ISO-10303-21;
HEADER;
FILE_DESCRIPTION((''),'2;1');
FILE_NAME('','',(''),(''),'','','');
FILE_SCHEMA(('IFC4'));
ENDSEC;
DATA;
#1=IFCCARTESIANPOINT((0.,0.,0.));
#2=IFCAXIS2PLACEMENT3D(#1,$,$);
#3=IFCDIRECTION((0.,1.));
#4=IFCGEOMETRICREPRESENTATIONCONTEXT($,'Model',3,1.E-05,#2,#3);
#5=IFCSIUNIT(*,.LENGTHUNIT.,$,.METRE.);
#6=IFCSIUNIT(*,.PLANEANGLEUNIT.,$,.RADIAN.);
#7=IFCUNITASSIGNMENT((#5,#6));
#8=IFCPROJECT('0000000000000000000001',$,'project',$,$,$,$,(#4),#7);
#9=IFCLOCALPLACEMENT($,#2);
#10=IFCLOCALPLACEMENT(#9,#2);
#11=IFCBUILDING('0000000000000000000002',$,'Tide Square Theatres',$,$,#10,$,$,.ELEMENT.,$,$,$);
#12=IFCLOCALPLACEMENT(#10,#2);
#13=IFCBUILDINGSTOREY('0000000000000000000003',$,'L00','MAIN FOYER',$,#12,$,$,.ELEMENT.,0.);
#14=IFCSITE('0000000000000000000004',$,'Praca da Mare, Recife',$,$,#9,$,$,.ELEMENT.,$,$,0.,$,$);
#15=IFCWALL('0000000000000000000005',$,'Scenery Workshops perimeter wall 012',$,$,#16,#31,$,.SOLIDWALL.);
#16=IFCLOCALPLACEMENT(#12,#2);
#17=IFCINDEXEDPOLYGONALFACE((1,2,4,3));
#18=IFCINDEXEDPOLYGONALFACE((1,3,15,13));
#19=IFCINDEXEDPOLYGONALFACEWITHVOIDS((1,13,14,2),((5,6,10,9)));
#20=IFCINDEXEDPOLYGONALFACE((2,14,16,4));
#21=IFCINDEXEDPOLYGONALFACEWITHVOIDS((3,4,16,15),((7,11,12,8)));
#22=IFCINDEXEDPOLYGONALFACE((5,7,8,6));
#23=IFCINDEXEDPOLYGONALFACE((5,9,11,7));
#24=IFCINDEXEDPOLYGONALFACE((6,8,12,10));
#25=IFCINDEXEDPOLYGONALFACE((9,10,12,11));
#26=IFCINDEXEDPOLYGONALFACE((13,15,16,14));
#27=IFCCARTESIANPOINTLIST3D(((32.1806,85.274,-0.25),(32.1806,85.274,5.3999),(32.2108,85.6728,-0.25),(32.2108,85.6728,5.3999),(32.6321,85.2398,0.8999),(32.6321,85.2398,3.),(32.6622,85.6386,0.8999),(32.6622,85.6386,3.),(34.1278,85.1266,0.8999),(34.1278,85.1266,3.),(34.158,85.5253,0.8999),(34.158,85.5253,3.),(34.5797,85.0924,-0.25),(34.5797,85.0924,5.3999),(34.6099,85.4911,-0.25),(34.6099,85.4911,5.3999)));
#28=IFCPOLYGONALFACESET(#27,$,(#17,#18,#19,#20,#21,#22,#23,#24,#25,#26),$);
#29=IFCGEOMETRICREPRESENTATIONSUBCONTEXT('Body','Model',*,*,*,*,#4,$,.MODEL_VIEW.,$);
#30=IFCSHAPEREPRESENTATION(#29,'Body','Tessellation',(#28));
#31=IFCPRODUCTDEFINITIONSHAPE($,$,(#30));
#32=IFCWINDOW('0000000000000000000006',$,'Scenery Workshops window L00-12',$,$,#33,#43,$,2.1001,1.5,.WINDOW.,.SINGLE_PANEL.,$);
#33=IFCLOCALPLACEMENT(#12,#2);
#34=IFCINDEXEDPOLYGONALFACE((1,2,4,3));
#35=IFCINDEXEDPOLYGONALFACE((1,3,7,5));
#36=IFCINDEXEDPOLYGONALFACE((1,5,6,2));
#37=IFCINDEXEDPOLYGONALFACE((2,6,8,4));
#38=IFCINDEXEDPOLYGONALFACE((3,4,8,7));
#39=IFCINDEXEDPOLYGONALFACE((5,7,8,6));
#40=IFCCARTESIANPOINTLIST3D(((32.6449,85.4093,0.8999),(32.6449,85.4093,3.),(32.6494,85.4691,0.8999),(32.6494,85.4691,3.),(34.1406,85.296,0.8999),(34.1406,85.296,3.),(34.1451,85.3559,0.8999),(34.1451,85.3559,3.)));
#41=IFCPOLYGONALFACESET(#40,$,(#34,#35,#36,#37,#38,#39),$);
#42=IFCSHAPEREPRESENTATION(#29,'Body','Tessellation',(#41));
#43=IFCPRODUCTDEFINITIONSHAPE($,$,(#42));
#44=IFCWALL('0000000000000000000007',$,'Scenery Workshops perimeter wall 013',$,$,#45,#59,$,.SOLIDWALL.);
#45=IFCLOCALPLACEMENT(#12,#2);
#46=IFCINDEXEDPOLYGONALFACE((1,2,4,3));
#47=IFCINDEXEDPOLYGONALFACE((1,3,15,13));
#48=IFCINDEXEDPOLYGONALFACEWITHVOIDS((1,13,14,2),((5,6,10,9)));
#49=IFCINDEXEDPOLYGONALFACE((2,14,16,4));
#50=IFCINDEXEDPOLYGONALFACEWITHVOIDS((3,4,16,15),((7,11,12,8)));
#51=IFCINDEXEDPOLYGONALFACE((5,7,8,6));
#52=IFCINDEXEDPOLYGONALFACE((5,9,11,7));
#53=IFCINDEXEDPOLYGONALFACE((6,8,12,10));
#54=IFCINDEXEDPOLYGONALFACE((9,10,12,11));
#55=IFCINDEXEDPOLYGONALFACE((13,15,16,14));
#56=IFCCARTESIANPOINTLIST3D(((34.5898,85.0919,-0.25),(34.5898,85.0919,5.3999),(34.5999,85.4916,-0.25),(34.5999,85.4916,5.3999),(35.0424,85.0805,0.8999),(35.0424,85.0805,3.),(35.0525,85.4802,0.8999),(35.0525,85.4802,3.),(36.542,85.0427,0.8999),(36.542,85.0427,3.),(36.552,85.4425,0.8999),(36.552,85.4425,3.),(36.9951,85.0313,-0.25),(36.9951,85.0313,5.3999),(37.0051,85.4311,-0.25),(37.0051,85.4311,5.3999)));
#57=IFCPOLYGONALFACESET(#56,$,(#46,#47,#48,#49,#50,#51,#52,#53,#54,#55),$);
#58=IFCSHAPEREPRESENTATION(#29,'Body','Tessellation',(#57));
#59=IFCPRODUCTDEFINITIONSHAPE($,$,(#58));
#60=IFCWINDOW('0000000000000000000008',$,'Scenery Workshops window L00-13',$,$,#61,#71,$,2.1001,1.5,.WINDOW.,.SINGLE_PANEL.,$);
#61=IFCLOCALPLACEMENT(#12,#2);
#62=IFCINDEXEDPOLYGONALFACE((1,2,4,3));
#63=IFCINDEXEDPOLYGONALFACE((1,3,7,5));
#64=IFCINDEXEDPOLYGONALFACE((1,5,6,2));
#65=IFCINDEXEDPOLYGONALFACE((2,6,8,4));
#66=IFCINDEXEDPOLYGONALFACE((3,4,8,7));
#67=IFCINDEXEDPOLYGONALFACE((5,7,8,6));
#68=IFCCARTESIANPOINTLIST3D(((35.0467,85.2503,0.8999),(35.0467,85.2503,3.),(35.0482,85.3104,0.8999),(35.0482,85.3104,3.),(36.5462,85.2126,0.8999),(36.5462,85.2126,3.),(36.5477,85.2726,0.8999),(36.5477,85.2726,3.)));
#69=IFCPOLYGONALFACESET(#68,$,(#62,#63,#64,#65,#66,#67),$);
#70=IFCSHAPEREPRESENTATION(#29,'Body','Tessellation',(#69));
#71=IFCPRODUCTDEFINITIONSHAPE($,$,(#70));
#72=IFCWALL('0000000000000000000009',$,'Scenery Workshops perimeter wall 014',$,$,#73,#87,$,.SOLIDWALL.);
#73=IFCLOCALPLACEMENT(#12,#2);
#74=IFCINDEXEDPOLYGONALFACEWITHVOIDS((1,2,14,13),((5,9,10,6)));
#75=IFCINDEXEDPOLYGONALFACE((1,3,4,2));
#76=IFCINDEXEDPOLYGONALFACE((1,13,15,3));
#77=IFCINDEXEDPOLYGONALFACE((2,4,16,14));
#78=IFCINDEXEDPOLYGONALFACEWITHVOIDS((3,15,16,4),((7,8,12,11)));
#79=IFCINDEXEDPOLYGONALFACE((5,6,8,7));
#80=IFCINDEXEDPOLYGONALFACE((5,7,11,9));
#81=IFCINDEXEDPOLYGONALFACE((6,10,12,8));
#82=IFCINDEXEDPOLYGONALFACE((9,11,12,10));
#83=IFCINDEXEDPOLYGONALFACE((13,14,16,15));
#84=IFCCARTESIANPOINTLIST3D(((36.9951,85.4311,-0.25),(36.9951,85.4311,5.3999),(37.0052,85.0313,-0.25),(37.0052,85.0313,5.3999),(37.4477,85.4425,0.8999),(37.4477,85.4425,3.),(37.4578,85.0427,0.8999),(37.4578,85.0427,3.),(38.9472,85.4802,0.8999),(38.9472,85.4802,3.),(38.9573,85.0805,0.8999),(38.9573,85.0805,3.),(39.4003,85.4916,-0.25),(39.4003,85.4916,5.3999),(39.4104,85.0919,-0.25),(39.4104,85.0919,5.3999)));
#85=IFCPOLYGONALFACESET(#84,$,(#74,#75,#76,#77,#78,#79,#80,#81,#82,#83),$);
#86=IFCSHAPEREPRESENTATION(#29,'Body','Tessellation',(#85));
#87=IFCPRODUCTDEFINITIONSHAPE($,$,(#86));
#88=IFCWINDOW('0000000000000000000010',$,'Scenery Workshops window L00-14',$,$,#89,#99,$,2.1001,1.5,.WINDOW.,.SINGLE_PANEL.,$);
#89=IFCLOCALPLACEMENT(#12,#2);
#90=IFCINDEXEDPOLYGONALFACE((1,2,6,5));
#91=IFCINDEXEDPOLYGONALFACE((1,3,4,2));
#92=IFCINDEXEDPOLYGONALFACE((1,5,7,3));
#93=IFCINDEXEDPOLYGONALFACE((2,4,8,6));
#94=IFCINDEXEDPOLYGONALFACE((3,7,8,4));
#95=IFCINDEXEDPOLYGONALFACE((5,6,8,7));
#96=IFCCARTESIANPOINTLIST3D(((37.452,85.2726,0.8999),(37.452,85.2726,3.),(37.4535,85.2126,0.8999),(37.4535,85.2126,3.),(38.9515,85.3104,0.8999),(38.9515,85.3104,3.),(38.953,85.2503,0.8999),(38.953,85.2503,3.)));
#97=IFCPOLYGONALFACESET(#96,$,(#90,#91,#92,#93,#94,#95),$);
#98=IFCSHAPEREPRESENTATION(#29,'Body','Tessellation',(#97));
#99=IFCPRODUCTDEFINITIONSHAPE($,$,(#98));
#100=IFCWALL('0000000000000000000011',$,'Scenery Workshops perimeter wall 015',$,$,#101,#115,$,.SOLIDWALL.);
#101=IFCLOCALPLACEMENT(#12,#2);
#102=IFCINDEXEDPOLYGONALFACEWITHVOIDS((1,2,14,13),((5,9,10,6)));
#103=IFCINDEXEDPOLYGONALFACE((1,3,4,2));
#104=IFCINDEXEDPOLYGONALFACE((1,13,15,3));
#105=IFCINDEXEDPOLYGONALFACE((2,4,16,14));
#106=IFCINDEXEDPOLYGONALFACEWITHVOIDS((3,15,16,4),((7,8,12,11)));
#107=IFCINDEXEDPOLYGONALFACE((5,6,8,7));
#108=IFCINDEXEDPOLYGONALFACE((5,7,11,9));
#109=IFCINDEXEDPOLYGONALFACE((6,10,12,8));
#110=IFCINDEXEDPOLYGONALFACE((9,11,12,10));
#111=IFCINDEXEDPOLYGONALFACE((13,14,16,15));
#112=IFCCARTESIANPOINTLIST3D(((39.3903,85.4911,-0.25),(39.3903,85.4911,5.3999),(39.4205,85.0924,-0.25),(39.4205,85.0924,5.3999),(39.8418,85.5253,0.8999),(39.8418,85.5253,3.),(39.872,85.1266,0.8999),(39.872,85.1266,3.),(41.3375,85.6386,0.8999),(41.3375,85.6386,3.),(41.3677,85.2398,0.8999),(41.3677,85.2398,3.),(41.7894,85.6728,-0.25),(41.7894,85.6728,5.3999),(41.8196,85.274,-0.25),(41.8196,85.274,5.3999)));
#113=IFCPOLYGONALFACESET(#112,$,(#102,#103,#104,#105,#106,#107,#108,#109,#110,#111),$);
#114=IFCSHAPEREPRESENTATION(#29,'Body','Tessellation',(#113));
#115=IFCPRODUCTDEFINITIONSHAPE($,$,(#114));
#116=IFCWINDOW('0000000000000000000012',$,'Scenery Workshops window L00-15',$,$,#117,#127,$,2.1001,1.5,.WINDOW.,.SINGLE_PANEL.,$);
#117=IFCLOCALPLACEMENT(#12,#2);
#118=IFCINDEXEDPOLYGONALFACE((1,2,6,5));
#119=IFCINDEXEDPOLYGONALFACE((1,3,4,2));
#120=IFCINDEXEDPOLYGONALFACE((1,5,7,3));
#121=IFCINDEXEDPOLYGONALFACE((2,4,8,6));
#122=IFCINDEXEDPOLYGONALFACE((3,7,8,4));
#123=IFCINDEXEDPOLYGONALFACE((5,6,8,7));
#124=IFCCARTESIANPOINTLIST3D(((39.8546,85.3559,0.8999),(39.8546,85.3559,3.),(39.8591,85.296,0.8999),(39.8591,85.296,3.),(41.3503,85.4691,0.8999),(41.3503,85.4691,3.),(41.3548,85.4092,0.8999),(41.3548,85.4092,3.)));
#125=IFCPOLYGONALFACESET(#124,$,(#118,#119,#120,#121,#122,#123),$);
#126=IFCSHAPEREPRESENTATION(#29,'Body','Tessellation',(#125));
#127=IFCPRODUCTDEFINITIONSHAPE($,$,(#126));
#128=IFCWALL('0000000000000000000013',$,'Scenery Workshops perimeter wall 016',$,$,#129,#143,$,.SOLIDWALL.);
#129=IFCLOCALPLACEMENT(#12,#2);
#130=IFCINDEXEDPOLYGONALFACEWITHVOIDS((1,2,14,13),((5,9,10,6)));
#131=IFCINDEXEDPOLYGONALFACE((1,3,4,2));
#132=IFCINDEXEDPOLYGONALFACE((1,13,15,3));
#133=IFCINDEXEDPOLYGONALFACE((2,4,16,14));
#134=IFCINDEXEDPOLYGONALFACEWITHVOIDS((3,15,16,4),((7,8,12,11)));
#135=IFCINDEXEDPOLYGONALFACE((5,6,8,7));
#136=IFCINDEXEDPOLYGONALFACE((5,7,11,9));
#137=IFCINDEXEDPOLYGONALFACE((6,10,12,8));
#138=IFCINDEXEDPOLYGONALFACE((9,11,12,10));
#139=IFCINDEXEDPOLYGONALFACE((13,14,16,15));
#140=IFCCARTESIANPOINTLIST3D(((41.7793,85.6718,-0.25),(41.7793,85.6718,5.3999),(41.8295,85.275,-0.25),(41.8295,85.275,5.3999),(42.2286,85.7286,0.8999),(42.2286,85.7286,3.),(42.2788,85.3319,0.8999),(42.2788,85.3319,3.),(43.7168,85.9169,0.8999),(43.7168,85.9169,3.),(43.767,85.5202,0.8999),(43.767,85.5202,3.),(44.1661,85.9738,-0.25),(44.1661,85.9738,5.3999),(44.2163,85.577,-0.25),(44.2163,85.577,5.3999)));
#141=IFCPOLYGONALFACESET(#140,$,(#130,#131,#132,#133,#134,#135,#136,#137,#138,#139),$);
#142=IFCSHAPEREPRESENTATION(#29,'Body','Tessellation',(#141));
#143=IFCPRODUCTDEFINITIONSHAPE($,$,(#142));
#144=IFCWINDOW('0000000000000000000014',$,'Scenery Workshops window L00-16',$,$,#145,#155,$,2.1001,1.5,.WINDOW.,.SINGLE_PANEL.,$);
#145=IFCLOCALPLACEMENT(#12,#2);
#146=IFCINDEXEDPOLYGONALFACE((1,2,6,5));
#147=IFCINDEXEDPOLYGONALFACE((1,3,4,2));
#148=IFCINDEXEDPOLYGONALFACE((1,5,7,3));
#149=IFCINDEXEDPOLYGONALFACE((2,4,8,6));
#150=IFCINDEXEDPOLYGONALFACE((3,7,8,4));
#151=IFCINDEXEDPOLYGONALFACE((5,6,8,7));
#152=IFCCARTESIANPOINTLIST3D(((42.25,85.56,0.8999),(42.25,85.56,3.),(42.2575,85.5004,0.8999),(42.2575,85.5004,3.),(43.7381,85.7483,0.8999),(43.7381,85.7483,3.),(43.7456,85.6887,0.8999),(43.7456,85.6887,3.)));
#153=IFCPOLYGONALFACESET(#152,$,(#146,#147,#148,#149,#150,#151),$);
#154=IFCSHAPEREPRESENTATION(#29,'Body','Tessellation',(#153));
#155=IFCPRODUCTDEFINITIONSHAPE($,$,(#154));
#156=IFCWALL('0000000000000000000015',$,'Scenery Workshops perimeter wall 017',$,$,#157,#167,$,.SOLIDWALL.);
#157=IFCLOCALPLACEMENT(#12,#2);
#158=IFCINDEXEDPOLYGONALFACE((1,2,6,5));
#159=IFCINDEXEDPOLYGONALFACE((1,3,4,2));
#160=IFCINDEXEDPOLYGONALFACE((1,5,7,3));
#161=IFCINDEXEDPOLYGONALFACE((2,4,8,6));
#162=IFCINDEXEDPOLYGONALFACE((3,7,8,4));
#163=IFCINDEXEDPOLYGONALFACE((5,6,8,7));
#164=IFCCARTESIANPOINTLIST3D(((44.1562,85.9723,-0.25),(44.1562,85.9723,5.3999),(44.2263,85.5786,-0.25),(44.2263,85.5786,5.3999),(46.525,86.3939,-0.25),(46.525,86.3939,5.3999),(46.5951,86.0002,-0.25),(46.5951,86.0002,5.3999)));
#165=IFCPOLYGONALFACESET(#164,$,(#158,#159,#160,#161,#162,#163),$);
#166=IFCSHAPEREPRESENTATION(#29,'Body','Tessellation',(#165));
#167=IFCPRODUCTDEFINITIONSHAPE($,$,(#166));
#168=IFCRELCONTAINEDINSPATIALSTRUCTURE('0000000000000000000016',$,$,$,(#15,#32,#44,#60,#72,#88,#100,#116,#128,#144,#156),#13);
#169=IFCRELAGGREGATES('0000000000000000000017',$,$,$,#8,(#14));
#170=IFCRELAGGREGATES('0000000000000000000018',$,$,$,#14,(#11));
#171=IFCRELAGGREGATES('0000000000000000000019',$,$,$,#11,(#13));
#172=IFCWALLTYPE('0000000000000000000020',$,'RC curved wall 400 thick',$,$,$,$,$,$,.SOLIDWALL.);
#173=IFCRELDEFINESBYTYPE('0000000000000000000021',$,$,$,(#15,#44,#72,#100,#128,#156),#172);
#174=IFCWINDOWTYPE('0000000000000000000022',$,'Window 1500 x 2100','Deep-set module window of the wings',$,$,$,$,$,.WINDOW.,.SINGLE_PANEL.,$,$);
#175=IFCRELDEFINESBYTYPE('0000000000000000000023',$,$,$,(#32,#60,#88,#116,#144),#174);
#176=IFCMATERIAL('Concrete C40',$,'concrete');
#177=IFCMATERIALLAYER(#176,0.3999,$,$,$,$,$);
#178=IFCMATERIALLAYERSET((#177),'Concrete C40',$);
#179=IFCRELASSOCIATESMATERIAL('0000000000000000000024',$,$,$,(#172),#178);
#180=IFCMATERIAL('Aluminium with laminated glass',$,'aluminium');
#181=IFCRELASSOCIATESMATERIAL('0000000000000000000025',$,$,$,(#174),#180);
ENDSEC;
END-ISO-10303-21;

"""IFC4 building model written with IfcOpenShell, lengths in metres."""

from ifc_helpers import new_model, si_unit, direction, frame, frame_2d, origin, place, context, subcontext, project, spatial, rectangle, extrude, material, layer, layer_set, type_object, element, fill, save


model = new_model("IFC4")

# Units and contexts
model_context = context("Model", 3, precision=1e-05, world=origin(), true_north=direction((0.0, 1.0)))
body_context = subcontext(model_context, "Body", "Model", "MODEL_VIEW")
ifc_project = project(units=[si_unit("LENGTHUNIT", "METRE"), si_unit("PLANEANGLEUNIT", "RADIAN")], contexts=[model_context])

# Site, building, storey
site_placement = place(None, origin())
site = spatial("IfcSite", under=ifc_project, at=site_placement, Name="Praca da Mare, Recife", CompositionType="ELEMENT", RefElevation=0.0)
building_placement = place(site_placement, origin())
building = spatial("IfcBuilding", under=site, at=building_placement, Name="Tide Square Theatres", CompositionType="ELEMENT")
storey_placement = place(building_placement, origin())
storey = spatial("IfcBuildingStorey", under=building, at=storey_placement, Name="L00", Description="MAIN FOYER", CompositionType="ELEMENT", Elevation=0.0)

# Walls, openings, windows
ifc_material_1 = material(Name="Concrete C40", Category="concrete")
ifc_layer_1 = layer(ifc_material_1, 0.3999)
ifc_layer_set_1 = layer_set([ifc_layer_1], Name="Concrete C40")
wall_type_1 = type_object("IfcWallType", Name="RC curved wall 400 thick", PredefinedType="SOLIDWALL", material=ifc_layer_set_1)
wall_1_placement = place(storey_placement, frame((32.1956, 85.4734, -0.25), z_axis=(0.0, 0.0, 1.0), x_axis=(0.997146, -0.075494, 0.0)))
wall_1 = element("IfcWall", 1, at=wall_1_placement, inside=storey, type_object=wall_type_1, Name="Scenery Workshops perimeter wall 012", PredefinedType="SOLIDWALL", context=body_context, shape_type="SweptSolid", body=[
    extrude(rectangle(XDim=2.406, YDim=0.3999, at=frame_2d((1.2031, 0.0))), origin(), (0.0, 0.0, 1.0), 5.6499),
])
opening_1_placement = place(wall_1_placement, frame((0.4529, 0.0, 1.1499)))
opening_1 = element("IfcOpeningElement", 2, at=opening_1_placement, cuts=wall_1, PredefinedType="OPENING", context=body_context, shape_type="SweptSolid", body=[
    extrude(rectangle(XDim=1.5, YDim=2.1001, at=frame_2d((0.75, 1.05))), frame((0.0, 0.21, 0.0), z_axis=(0.0, -1.0, 0.0), x_axis=(1.0, 0.0, 0.0)), (0.0, 0.0, 1.0), 0.4199),
])
ifc_material_2 = material(Name="Aluminium with laminated glass", Category="aluminium")
window_type = type_object("IfcWindowType", Name="Window 1500 x 2100", Description="Deep-set module window of the wings", PartitioningType="SINGLE_PANEL", PredefinedType="WINDOW", material=ifc_material_2)
window_1_placement = place(opening_1_placement, origin())
window_1 = element("IfcWindow", 3, at=window_1_placement, inside=storey, type_object=window_type, Name="Scenery Workshops window L00-12", OverallHeight=2.1001, OverallWidth=1.5, PartitioningType="SINGLE_PANEL", PredefinedType="WINDOW", context=body_context, shape_type="SweptSolid", body=[
    extrude(rectangle(XDim=1.5, YDim=2.1001, at=frame_2d((0.75, 1.05))), frame((0.0, 0.03, 0.0), z_axis=(0.0, -1.0, 0.0), x_axis=(1.0, 0.0, 0.0)), (0.0, 0.0, 1.0), 0.0601),
])
fill(opening_1, window_1)
wall_2_placement = place(storey_placement, frame((34.5947, 85.2917, -0.25), z_axis=(0.0, 0.0, 1.0), x_axis=(0.999683, -0.025165, 0.0)))
wall_2 = element("IfcWall", 4, at=wall_2_placement, inside=storey, type_object=wall_type_1, Name="Scenery Workshops perimeter wall 013", PredefinedType="SOLIDWALL", context=body_context, shape_type="SweptSolid", body=[
    extrude(rectangle(XDim=2.406, YDim=0.3999, at=frame_2d((1.2031, 0.0))), origin(), (0.0, 0.0, 1.0), 5.6499),
])
opening_2_placement = place(wall_2_placement, frame((0.4529, 0.0, 1.1499)))
opening_2 = element("IfcOpeningElement", 5, at=opening_2_placement, cuts=wall_2, PredefinedType="OPENING", context=body_context, shape_type="SweptSolid", body=[
    extrude(rectangle(XDim=1.5, YDim=2.1001, at=frame_2d((0.75, 1.05))), frame((0.0, 0.21, 0.0), z_axis=(0.0, -1.0, 0.0), x_axis=(1.0, 0.0, 0.0)), (0.0, 0.0, 1.0), 0.4199),
])
window_2_placement = place(opening_2_placement, origin())
window_2 = element("IfcWindow", 6, at=window_2_placement, inside=storey, type_object=window_type, Name="Scenery Workshops window L00-13", OverallHeight=2.1001, OverallWidth=1.5, PartitioningType="SINGLE_PANEL", PredefinedType="WINDOW", context=body_context, shape_type="SweptSolid", body=[
    extrude(rectangle(XDim=1.5, YDim=2.1001, at=frame_2d((0.75, 1.05))), frame((0.0, 0.03, 0.0), z_axis=(0.0, -1.0, 0.0), x_axis=(1.0, 0.0, 0.0)), (0.0, 0.0, 1.0), 0.0601),
])
fill(opening_2, window_2)
wall_3_placement = place(storey_placement, frame((37.0, 85.2312, -0.25), z_axis=(0.0, 0.0, 1.0), x_axis=(0.999683, 0.025165, 0.0)))
wall_3 = element("IfcWall", 7, at=wall_3_placement, inside=storey, type_object=wall_type_1, Name="Scenery Workshops perimeter wall 014", PredefinedType="SOLIDWALL", context=body_context, shape_type="SweptSolid", body=[
    extrude(rectangle(XDim=2.406, YDim=0.3999, at=frame_2d((1.2031, 0.0))), origin(), (0.0, 0.0, 1.0), 5.6499),
])
opening_3_placement = place(wall_3_placement, frame((0.4529, 0.0, 1.1499)))
opening_3 = element("IfcOpeningElement", 8, at=opening_3_placement, cuts=wall_3, PredefinedType="OPENING", context=body_context, shape_type="SweptSolid", body=[
    extrude(rectangle(XDim=1.5, YDim=2.1001, at=frame_2d((0.75, 1.05))), frame((0.0, 0.21, 0.0), z_axis=(0.0, -1.0, 0.0), x_axis=(1.0, 0.0, 0.0)), (0.0, 0.0, 1.0), 0.4199),
])
window_3_placement = place(opening_3_placement, origin())
window_3 = element("IfcWindow", 9, at=window_3_placement, inside=storey, type_object=window_type, Name="Scenery Workshops window L00-14", OverallHeight=2.1001, OverallWidth=1.5, PartitioningType="SINGLE_PANEL", PredefinedType="WINDOW", context=body_context, shape_type="SweptSolid", body=[
    extrude(rectangle(XDim=1.5, YDim=2.1001, at=frame_2d((0.75, 1.05))), frame((0.0, 0.03, 0.0), z_axis=(0.0, -1.0, 0.0), x_axis=(1.0, 0.0, 0.0)), (0.0, 0.0, 1.0), 0.0601),
])
fill(opening_3, window_3)
wall_4_placement = place(storey_placement, frame((39.4053, 85.2917, -0.25), z_axis=(0.0, 0.0, 1.0), x_axis=(0.997146, 0.075494, 0.0)))
wall_4 = element("IfcWall", 10, at=wall_4_placement, inside=storey, type_object=wall_type_1, Name="Scenery Workshops perimeter wall 015", PredefinedType="SOLIDWALL", context=body_context, shape_type="SweptSolid", body=[
    extrude(rectangle(XDim=2.406, YDim=0.3999, at=frame_2d((1.2031, 0.0))), origin(), (0.0, 0.0, 1.0), 5.6499),
])
opening_4_placement = place(wall_4_placement, frame((0.4529, 0.0, 1.1499)))
opening_4 = element("IfcOpeningElement", 11, at=opening_4_placement, cuts=wall_4, PredefinedType="OPENING", context=body_context, shape_type="SweptSolid", body=[
    extrude(rectangle(XDim=1.5, YDim=2.1001, at=frame_2d((0.75, 1.05))), frame((0.0, 0.21, 0.0), z_axis=(0.0, -1.0, 0.0), x_axis=(1.0, 0.0, 0.0)), (0.0, 0.0, 1.0), 0.4199),
])
window_4_placement = place(opening_4_placement, origin())
window_4 = element("IfcWindow", 12, at=window_4_placement, inside=storey, type_object=window_type, Name="Scenery Workshops window L00-15", OverallHeight=2.1001, OverallWidth=1.5, PartitioningType="SINGLE_PANEL", PredefinedType="WINDOW", context=body_context, shape_type="SweptSolid", body=[
    extrude(rectangle(XDim=1.5, YDim=2.1001, at=frame_2d((0.75, 1.05))), frame((0.0, 0.03, 0.0), z_axis=(0.0, -1.0, 0.0), x_axis=(1.0, 0.0, 0.0)), (0.0, 0.0, 1.0), 0.0601),
])
fill(opening_4, window_4)
wall_5_placement = place(storey_placement, frame((41.8044, 85.4734, -0.25), z_axis=(0.0, 0.0, 1.0), x_axis=(0.992089, 0.125533, 0.0)))
wall_5 = element("IfcWall", 13, at=wall_5_placement, inside=storey, type_object=wall_type_1, Name="Scenery Workshops perimeter wall 016", PredefinedType="SOLIDWALL", context=body_context, shape_type="SweptSolid", body=[
    extrude(rectangle(XDim=2.4058, YDim=0.3999, at=frame_2d((1.2029, 0.0))), origin(), (0.0, 0.0, 1.0), 5.6499),
])
opening_5_placement = place(wall_5_placement, frame((0.4529, 0.0, 1.1499)))
opening_5 = element("IfcOpeningElement", 14, at=opening_5_placement, cuts=wall_5, PredefinedType="OPENING", context=body_context, shape_type="SweptSolid", body=[
    extrude(rectangle(XDim=1.5, YDim=2.1001, at=frame_2d((0.75, 1.05))), frame((0.0, 0.21, 0.0), z_axis=(0.0, -1.0, 0.0), x_axis=(1.0, 0.0, 0.0)), (0.0, 0.0, 1.0), 0.4199),
])
window_5_placement = place(opening_5_placement, origin())
window_5 = element("IfcWindow", 15, at=window_5_placement, inside=storey, type_object=window_type, Name="Scenery Workshops window L00-16", OverallHeight=2.1001, OverallWidth=1.5, PartitioningType="SINGLE_PANEL", PredefinedType="WINDOW", context=body_context, shape_type="SweptSolid", body=[
    extrude(rectangle(XDim=1.5, YDim=2.1001, at=frame_2d((0.75, 1.05))), frame((0.0, 0.03, 0.0), z_axis=(0.0, -1.0, 0.0), x_axis=(1.0, 0.0, 0.0)), (0.0, 0.0, 1.0), 0.0601),
])
fill(opening_5, window_5)

# Wall
wall_6_placement = place(storey_placement, frame((44.1912, 85.7754, -0.25), z_axis=(0.0, 0.0, 1.0), x_axis=(0.984524, 0.17525, 0.0)))
element("IfcWall", 16, at=wall_6_placement, inside=storey, type_object=wall_type_1, Name="Scenery Workshops perimeter wall 017", PredefinedType="SOLIDWALL", context=body_context, shape_type="SweptSolid", body=[
    extrude(rectangle(XDim=2.406, YDim=0.3999, at=frame_2d((1.2031, 0.0))), origin(), (0.0, 0.0, 1.0), 5.6499),
])

save(model, "model.ifc")
